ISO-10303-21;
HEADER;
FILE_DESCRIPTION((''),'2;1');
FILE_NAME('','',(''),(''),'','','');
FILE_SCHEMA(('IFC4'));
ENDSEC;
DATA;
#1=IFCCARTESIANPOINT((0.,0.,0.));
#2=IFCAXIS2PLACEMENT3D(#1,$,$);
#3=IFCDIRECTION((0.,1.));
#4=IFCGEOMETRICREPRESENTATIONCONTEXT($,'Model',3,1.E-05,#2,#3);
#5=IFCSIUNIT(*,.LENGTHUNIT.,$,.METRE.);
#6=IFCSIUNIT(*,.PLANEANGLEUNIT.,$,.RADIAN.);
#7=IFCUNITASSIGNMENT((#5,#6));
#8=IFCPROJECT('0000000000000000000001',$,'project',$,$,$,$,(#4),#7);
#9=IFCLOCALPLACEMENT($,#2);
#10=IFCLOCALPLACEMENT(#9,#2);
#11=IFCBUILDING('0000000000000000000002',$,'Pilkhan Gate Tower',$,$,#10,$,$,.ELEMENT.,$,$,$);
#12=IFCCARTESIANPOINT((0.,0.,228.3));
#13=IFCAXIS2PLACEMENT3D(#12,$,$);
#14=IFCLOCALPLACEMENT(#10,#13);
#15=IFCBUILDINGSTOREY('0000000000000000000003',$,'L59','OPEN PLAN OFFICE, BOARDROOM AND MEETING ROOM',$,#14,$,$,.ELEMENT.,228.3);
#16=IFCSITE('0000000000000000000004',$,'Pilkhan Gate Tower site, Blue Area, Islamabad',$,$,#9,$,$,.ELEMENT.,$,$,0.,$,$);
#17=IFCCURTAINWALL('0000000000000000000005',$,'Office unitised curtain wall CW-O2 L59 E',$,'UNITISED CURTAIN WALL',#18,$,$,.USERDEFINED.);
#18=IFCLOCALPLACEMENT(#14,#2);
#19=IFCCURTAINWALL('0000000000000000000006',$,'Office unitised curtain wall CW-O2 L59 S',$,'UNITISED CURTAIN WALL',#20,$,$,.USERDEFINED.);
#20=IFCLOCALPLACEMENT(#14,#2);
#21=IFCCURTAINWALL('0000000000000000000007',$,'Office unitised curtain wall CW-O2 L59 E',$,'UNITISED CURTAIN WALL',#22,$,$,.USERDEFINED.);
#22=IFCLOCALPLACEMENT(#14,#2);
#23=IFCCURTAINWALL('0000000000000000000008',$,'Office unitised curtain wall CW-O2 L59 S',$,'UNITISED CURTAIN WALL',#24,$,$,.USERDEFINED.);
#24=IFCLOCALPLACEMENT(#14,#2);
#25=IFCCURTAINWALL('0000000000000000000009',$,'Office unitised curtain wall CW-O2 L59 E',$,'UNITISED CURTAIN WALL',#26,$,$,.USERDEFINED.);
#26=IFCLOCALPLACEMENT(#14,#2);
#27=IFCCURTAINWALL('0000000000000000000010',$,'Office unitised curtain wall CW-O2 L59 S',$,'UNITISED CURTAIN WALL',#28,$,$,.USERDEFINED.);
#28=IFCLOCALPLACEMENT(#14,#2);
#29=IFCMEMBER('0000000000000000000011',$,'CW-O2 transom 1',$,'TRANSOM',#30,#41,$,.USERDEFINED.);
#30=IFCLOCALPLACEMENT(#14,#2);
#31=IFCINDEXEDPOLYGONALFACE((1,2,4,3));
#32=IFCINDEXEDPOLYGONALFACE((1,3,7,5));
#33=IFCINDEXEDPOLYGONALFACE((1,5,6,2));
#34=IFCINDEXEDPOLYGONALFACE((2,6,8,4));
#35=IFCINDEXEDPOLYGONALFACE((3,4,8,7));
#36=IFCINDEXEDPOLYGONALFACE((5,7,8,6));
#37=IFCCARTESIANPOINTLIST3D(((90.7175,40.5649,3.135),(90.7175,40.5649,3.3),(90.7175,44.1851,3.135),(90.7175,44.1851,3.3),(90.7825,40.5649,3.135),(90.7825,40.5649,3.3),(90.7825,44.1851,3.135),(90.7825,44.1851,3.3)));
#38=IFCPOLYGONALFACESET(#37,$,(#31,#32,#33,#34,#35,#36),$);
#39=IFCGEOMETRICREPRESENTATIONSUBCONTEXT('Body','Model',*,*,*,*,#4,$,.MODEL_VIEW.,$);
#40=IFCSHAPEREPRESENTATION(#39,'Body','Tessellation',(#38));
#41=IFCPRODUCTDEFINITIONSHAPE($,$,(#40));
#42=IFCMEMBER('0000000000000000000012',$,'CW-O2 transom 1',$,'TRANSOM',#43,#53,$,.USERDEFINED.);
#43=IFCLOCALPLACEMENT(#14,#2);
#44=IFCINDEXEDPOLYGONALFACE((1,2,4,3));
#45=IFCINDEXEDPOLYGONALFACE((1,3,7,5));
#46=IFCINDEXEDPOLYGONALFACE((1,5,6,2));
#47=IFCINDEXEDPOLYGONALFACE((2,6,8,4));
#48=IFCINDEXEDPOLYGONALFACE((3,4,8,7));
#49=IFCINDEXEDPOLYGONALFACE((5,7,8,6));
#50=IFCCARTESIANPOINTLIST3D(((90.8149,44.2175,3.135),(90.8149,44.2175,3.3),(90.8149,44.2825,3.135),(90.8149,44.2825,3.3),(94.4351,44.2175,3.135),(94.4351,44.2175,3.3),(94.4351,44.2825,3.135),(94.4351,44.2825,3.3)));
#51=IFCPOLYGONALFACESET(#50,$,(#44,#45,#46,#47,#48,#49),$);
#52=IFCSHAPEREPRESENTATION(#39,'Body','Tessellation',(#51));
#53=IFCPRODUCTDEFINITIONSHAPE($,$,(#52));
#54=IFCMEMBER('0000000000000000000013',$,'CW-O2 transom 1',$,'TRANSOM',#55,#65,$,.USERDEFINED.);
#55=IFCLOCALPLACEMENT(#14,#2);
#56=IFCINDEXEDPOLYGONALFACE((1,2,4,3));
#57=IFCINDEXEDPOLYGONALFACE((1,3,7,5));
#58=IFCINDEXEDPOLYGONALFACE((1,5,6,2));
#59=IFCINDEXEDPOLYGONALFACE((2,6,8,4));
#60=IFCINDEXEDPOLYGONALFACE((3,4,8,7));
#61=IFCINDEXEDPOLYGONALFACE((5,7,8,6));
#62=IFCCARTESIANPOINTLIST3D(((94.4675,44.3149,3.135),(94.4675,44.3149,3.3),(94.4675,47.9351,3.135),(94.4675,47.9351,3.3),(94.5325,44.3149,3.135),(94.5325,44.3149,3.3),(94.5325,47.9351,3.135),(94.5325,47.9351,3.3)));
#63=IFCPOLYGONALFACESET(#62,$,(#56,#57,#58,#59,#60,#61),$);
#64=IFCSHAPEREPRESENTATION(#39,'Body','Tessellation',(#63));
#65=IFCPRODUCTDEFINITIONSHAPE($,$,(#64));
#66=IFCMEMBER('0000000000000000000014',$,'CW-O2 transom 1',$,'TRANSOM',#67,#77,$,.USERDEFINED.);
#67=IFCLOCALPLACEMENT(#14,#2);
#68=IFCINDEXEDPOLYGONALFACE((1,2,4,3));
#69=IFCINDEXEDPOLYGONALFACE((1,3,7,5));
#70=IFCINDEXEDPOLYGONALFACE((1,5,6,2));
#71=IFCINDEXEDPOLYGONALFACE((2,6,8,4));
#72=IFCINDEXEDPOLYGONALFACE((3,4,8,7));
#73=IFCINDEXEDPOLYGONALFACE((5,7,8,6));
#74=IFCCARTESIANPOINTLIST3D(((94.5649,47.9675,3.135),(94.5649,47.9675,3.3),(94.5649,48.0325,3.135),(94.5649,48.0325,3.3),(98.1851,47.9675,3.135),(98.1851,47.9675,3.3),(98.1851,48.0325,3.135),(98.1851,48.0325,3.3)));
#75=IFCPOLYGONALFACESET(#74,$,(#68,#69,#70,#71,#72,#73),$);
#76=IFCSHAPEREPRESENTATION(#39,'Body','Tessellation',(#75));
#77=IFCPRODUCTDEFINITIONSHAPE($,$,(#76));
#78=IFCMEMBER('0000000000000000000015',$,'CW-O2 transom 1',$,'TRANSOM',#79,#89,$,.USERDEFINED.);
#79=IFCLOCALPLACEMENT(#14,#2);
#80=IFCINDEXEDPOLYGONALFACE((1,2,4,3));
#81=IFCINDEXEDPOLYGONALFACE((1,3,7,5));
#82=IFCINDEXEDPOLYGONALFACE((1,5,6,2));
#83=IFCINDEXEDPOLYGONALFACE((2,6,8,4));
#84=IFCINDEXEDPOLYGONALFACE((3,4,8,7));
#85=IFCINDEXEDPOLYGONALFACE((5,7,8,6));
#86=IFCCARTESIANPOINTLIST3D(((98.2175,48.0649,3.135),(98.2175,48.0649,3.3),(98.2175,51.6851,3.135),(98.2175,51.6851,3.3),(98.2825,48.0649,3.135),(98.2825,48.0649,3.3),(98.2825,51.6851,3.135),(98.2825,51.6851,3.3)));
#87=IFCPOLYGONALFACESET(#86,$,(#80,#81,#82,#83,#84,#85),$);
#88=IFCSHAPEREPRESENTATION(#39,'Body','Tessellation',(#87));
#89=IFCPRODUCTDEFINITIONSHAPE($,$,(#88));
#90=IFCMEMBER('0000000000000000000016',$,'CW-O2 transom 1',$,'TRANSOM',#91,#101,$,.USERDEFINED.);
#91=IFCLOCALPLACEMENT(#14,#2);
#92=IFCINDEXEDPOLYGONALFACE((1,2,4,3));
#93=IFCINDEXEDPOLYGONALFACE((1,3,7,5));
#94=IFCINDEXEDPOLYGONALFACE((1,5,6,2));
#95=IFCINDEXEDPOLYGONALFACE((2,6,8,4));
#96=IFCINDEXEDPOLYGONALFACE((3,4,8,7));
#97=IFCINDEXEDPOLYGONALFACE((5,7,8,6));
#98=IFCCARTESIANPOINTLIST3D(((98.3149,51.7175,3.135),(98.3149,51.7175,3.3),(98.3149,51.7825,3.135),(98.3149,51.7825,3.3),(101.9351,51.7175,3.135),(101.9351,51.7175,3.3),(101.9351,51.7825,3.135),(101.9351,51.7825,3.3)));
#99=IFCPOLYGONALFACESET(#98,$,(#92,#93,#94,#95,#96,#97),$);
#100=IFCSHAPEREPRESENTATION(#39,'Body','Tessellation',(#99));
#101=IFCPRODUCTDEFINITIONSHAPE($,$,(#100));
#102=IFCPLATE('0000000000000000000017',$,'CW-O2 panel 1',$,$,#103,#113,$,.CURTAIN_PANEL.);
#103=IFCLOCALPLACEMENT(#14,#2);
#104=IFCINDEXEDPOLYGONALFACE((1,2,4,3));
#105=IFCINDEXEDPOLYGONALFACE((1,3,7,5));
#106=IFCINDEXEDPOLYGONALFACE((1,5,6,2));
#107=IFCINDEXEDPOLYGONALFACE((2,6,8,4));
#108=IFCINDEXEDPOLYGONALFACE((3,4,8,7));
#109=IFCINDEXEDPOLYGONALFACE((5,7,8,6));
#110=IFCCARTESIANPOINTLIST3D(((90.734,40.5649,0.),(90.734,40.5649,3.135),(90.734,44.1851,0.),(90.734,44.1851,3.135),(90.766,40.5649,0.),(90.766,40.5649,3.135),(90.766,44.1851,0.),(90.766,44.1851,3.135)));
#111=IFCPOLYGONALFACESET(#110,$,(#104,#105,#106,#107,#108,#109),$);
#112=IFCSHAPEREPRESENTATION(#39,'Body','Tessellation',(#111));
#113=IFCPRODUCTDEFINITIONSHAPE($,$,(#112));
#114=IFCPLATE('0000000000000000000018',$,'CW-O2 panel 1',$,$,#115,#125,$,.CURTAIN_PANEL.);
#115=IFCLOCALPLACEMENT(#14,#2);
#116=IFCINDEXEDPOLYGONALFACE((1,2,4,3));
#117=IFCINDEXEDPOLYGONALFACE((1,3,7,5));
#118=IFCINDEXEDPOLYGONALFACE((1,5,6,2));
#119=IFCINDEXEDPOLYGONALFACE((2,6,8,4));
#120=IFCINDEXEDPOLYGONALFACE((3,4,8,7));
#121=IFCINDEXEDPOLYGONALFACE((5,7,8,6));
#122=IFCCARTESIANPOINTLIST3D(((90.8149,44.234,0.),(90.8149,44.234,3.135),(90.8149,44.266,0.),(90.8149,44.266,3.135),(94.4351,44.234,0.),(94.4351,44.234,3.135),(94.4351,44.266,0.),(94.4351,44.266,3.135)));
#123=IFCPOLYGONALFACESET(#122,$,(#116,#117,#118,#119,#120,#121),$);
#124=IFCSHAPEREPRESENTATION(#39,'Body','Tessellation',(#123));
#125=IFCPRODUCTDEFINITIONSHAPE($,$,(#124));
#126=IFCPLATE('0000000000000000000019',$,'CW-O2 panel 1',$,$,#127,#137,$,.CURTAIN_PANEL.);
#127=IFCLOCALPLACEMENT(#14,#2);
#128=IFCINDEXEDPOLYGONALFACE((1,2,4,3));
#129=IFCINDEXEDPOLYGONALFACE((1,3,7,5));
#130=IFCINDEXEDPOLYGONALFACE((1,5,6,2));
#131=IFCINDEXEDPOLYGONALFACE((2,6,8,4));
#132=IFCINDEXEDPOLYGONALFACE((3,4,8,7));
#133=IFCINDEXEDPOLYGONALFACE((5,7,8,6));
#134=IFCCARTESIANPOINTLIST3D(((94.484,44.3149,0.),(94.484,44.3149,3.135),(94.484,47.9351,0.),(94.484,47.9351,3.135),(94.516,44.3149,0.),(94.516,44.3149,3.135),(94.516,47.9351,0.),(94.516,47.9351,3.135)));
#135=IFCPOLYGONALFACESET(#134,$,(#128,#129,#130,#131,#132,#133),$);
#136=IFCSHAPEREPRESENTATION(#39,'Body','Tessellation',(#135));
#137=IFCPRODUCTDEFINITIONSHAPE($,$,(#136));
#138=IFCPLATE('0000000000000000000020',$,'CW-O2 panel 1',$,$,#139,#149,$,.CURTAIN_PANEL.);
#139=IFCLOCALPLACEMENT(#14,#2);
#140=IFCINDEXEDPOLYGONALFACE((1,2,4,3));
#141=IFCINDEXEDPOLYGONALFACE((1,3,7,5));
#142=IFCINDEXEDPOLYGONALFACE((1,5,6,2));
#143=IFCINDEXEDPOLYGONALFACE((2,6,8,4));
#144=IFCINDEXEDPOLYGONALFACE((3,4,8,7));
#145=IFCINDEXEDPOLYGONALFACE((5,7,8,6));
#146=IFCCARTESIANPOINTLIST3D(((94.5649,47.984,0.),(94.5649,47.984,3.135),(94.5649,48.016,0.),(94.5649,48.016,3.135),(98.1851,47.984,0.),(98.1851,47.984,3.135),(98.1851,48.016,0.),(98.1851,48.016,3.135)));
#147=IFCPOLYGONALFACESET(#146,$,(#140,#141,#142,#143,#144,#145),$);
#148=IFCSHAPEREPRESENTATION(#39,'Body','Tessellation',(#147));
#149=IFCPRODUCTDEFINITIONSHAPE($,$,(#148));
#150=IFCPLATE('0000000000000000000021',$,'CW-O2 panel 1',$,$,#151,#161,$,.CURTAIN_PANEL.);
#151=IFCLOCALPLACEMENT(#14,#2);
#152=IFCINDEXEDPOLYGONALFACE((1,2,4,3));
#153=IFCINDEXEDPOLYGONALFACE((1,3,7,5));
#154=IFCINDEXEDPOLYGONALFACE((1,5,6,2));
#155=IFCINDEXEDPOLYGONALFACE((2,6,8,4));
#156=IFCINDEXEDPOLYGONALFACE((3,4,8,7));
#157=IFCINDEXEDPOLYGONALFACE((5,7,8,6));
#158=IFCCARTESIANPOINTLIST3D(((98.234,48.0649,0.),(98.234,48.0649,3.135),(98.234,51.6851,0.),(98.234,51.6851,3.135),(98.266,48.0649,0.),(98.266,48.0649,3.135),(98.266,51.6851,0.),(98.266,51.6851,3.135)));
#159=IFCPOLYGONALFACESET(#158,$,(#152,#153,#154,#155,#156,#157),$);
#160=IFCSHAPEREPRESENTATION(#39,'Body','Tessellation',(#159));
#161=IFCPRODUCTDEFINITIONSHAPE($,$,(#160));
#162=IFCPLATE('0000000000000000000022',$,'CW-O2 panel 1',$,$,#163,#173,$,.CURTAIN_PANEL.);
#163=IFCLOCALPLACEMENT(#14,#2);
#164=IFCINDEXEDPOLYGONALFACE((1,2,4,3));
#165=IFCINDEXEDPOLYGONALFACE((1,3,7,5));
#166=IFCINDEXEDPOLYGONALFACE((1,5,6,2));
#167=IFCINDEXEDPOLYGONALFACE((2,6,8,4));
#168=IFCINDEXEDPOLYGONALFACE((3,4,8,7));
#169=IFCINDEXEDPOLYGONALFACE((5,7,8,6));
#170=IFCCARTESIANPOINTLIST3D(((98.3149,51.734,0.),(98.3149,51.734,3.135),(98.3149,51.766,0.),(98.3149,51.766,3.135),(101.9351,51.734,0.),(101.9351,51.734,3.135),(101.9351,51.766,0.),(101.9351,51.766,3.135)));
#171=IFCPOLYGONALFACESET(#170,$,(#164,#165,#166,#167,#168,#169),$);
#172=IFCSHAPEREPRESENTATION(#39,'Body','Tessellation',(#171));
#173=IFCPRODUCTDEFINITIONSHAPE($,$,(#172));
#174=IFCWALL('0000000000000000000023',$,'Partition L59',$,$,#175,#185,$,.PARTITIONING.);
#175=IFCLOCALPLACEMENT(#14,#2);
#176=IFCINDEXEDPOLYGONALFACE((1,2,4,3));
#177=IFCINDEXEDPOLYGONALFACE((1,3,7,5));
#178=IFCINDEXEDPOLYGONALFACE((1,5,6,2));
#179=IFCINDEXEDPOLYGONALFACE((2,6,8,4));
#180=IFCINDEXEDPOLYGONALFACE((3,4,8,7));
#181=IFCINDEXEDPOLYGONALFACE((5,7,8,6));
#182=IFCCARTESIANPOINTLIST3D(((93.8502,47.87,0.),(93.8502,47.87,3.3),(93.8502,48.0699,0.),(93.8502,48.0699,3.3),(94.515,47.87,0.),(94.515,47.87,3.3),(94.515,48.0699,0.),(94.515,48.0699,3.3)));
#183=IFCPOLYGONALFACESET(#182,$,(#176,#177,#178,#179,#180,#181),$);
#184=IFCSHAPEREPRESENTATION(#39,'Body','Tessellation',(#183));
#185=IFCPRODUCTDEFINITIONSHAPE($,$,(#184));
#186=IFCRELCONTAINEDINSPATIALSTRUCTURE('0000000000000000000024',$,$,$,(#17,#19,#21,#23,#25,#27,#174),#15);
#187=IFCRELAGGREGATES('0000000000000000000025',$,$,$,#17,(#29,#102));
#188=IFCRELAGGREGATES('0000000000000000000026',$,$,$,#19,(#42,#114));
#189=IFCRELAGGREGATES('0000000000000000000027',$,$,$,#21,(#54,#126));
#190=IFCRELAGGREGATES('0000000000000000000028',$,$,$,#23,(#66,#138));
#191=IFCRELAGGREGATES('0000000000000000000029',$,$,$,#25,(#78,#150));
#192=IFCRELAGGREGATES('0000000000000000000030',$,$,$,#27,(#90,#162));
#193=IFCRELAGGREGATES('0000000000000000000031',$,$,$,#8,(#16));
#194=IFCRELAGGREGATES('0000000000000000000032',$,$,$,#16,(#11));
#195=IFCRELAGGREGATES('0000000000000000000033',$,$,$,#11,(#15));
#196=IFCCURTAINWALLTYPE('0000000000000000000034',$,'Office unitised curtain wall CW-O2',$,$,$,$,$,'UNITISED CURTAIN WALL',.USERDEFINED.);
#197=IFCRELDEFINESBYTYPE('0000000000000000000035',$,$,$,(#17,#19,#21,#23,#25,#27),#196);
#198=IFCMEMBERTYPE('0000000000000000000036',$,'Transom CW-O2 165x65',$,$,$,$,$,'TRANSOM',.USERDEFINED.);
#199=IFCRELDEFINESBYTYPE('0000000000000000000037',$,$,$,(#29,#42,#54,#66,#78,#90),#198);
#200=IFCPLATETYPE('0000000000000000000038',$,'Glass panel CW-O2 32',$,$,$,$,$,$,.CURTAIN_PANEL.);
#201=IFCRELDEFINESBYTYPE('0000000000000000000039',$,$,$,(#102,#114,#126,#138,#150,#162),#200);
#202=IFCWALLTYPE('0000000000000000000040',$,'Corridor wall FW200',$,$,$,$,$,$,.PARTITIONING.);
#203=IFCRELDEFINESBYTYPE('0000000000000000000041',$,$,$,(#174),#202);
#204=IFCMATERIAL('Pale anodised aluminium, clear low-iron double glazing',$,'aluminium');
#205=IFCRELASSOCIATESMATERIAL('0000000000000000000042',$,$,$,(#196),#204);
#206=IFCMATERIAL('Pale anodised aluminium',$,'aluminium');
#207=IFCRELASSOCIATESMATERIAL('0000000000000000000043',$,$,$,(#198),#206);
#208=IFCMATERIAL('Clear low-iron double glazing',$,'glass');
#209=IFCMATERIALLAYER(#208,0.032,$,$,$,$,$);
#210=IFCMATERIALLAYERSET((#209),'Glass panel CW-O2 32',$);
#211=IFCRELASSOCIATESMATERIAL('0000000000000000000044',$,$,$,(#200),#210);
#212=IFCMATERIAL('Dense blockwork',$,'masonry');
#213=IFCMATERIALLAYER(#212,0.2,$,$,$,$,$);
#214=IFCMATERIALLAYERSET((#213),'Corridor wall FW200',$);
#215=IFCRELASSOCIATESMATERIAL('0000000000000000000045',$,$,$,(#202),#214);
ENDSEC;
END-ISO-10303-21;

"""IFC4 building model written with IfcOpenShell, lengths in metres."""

from ifc_helpers import new_model, si_unit, direction, frame, frame_2d, origin, origin_2d, place, context, subcontext, project, spatial, rectangle, extrude, material, layer, layer_set, material_profile, profile_set, type_object, element, aggregate, save


model = new_model("IFC4")

# Units and contexts
model_context = context("Model", 3, precision=1e-05, world=origin(), true_north=direction((0.0, 1.0)))
body_context = subcontext(model_context, "Body", "Model", "MODEL_VIEW")
ifc_project = project(units=[si_unit("LENGTHUNIT", "METRE"), si_unit("PLANEANGLEUNIT", "RADIAN")], contexts=[model_context])

# Site, building, storey
site_placement = place(None, origin())
site = spatial("IfcSite", under=ifc_project, at=site_placement, Name="Pilkhan Gate Tower site, Blue Area, Islamabad", CompositionType="ELEMENT", RefElevation=0.0)
building_placement = place(site_placement, origin())
building = spatial("IfcBuilding", under=site, at=building_placement, Name="Pilkhan Gate Tower", CompositionType="ELEMENT")
storey_placement = place(building_placement, frame((0.0, 0.0, 228.3)))
storey = spatial("IfcBuildingStorey", under=building, at=storey_placement, Name="L59", Description="OPEN PLAN OFFICE, BOARDROOM AND MEETING ROOM", CompositionType="ELEMENT", Elevation=228.3)

# Shared definitions
ifc_material_1 = material(Name="Pale anodised aluminium, clear low-iron double glazing", Category="aluminium")
curtain_wall_type = type_object("IfcCurtainWallType", Name="Office unitised curtain wall CW-O2", ElementType="UNITISED CURTAIN WALL", PredefinedType="USERDEFINED", material=ifc_material_1)
ifc_material_2 = material(Name="Pale anodised aluminium", Category="aluminium")

# Curtain walls
curtain_wall_1_placement = place(storey_placement, origin())
curtain_wall_1 = element("IfcCurtainWall", 1, at=curtain_wall_1_placement, inside=storey, type_object=curtain_wall_type, Name="Office unitised curtain wall CW-O2 L59 E", ObjectType="UNITISED CURTAIN WALL", PredefinedType="USERDEFINED")
curtain_wall_2_placement = place(storey_placement, origin())
curtain_wall_2 = element("IfcCurtainWall", 2, at=curtain_wall_2_placement, inside=storey, type_object=curtain_wall_type, Name="Office unitised curtain wall CW-O2 L59 S", ObjectType="UNITISED CURTAIN WALL", PredefinedType="USERDEFINED")
curtain_wall_3_placement = place(storey_placement, origin())
curtain_wall_3 = element("IfcCurtainWall", 3, at=curtain_wall_3_placement, inside=storey, type_object=curtain_wall_type, Name="Office unitised curtain wall CW-O2 L59 E", ObjectType="UNITISED CURTAIN WALL", PredefinedType="USERDEFINED")
curtain_wall_4_placement = place(storey_placement, origin())
curtain_wall_4 = element("IfcCurtainWall", 4, at=curtain_wall_4_placement, inside=storey, type_object=curtain_wall_type, Name="Office unitised curtain wall CW-O2 L59 S", ObjectType="UNITISED CURTAIN WALL", PredefinedType="USERDEFINED")
curtain_wall_5_placement = place(storey_placement, origin())
curtain_wall_5 = element("IfcCurtainWall", 5, at=curtain_wall_5_placement, inside=storey, type_object=curtain_wall_type, Name="Office unitised curtain wall CW-O2 L59 E", ObjectType="UNITISED CURTAIN WALL", PredefinedType="USERDEFINED")

# Curtain wall
curtain_wall_6_placement = place(storey_placement, origin())
curtain_wall_6 = element("IfcCurtainWall", 6, at=curtain_wall_6_placement, inside=storey, type_object=curtain_wall_type, Name="Office unitised curtain wall CW-O2 L59 S", ObjectType="UNITISED CURTAIN WALL", PredefinedType="USERDEFINED")

# Members
ifc_material_profile_1 = material_profile(ifc_material_2, rectangle(XDim=0.0649, YDim=0.165, at=origin_2d()), Name="Transom 165x65")
ifc_profile_set_1 = profile_set([ifc_material_profile_1], Name="Pale anodised aluminium")
member_type_1 = type_object("IfcMemberType", Name="Transom CW-O2 165x65", ElementType="TRANSOM", PredefinedType="USERDEFINED", material=ifc_profile_set_1)
member_1_placement = place(storey_placement, frame((90.75, 40.5649, 3.2175), z_axis=(0.0, 1.0, 0.0), x_axis=(-1.0, 0.0, 0.0)))
member_1 = element("IfcMember", 7, at=member_1_placement, type_object=member_type_1, Name="CW-O2 transom 1", ObjectType="TRANSOM", PredefinedType="USERDEFINED", context=body_context, shape_type="SweptSolid", body=[
    extrude(rectangle(XDim=0.0649, YDim=0.165, at=origin_2d()), origin(), (0.0, 0.0, 1.0), 3.6201),
])
member_2_placement = place(storey_placement, frame((90.8149, 44.25, 3.2175), z_axis=(1.0, 0.0, 0.0), x_axis=(0.0, 1.0, 0.0)))
member_2 = element("IfcMember", 8, at=member_2_placement, type_object=member_type_1, Name="CW-O2 transom 1", ObjectType="TRANSOM", PredefinedType="USERDEFINED", context=body_context, shape_type="SweptSolid", body=[
    extrude(rectangle(XDim=0.0649, YDim=0.165, at=origin_2d()), origin(), (0.0, 0.0, 1.0), 3.6201),
])
member_3_placement = place(storey_placement, frame((94.5, 44.3149, 3.2175), z_axis=(0.0, 1.0, 0.0), x_axis=(-1.0, 0.0, 0.0)))
member_3 = element("IfcMember", 9, at=member_3_placement, type_object=member_type_1, Name="CW-O2 transom 1", ObjectType="TRANSOM", PredefinedType="USERDEFINED", context=body_context, shape_type="SweptSolid", body=[
    extrude(rectangle(XDim=0.0649, YDim=0.165, at=origin_2d()), origin(), (0.0, 0.0, 1.0), 3.6201),
])
member_4_placement = place(storey_placement, frame((94.5649, 48.0, 3.2175), z_axis=(1.0, 0.0, 0.0), x_axis=(0.0, 1.0, 0.0)))
member_4 = element("IfcMember", 10, at=member_4_placement, type_object=member_type_1, Name="CW-O2 transom 1", ObjectType="TRANSOM", PredefinedType="USERDEFINED", context=body_context, shape_type="SweptSolid", body=[
    extrude(rectangle(XDim=0.0649, YDim=0.165, at=origin_2d()), origin(), (0.0, 0.0, 1.0), 3.6201),
])
member_5_placement = place(storey_placement, frame((98.25, 48.0649, 3.2175), z_axis=(0.0, 1.0, 0.0), x_axis=(-1.0, 0.0, 0.0)))
member_5 = element("IfcMember", 11, at=member_5_placement, type_object=member_type_1, Name="CW-O2 transom 1", ObjectType="TRANSOM", PredefinedType="USERDEFINED", context=body_context, shape_type="SweptSolid", body=[
    extrude(rectangle(XDim=0.0649, YDim=0.165, at=origin_2d()), origin(), (0.0, 0.0, 1.0), 3.6201),
])
member_6_placement = place(storey_placement, frame((98.3149, 51.75, 3.2175), z_axis=(1.0, 0.0, 0.0), x_axis=(0.0, 1.0, 0.0)))
member_6 = element("IfcMember", 12, at=member_6_placement, type_object=member_type_1, Name="CW-O2 transom 1", ObjectType="TRANSOM", PredefinedType="USERDEFINED", context=body_context, shape_type="SweptSolid", body=[
    extrude(rectangle(XDim=0.0649, YDim=0.165, at=origin_2d()), origin(), (0.0, 0.0, 1.0), 3.6201),
])

# Plates
ifc_material_3 = material(Name="Clear low-iron double glazing", Category="glass")
ifc_layer_1 = layer(ifc_material_3, 0.032)
ifc_layer_set_1 = layer_set([ifc_layer_1], Name="Glass panel CW-O2 32")
plate_type = type_object("IfcPlateType", Name="Glass panel CW-O2 32", PredefinedType="CURTAIN_PANEL", material=ifc_layer_set_1)
plate_1_placement = place(storey_placement, frame((90.75, 42.375, 0.0), z_axis=(0.0, 0.0, 1.0), x_axis=(0.0, 1.0, 0.0)))
plate_1 = element("IfcPlate", 13, at=plate_1_placement, type_object=plate_type, Name="CW-O2 panel 1", PredefinedType="CURTAIN_PANEL", context=body_context, shape_type="SweptSolid", body=[
    extrude(rectangle(XDim=3.6201, YDim=0.032, at=origin_2d()), origin(), (0.0, 0.0, 1.0), 3.135),
])
aggregate(curtain_wall_1, [member_1, plate_1])
plate_2_placement = place(storey_placement, frame((92.625, 44.25, 0.0), z_axis=(0.0, 0.0, 1.0), x_axis=(1.0, 0.0, 0.0)))
plate_2 = element("IfcPlate", 14, at=plate_2_placement, type_object=plate_type, Name="CW-O2 panel 1", PredefinedType="CURTAIN_PANEL", context=body_context, shape_type="SweptSolid", body=[
    extrude(rectangle(XDim=3.6201, YDim=0.032, at=origin_2d()), origin(), (0.0, 0.0, 1.0), 3.135),
])
aggregate(curtain_wall_2, [member_2, plate_2])
plate_3_placement = place(storey_placement, frame((94.5, 46.125, 0.0), z_axis=(0.0, 0.0, 1.0), x_axis=(0.0, 1.0, 0.0)))
plate_3 = element("IfcPlate", 15, at=plate_3_placement, type_object=plate_type, Name="CW-O2 panel 1", PredefinedType="CURTAIN_PANEL", context=body_context, shape_type="SweptSolid", body=[
    extrude(rectangle(XDim=3.6201, YDim=0.032, at=origin_2d()), origin(), (0.0, 0.0, 1.0), 3.135),
])
aggregate(curtain_wall_3, [member_3, plate_3])
plate_4_placement = place(storey_placement, frame((96.375, 48.0, 0.0), z_axis=(0.0, 0.0, 1.0), x_axis=(1.0, 0.0, 0.0)))
plate_4 = element("IfcPlate", 16, at=plate_4_placement, type_object=plate_type, Name="CW-O2 panel 1", PredefinedType="CURTAIN_PANEL", context=body_context, shape_type="SweptSolid", body=[
    extrude(rectangle(XDim=3.6201, YDim=0.032, at=origin_2d()), origin(), (0.0, 0.0, 1.0), 3.135),
])
aggregate(curtain_wall_4, [member_4, plate_4])
plate_5_placement = place(storey_placement, frame((98.25, 49.875, 0.0), z_axis=(0.0, 0.0, 1.0), x_axis=(0.0, 1.0, 0.0)))
plate_5 = element("IfcPlate", 17, at=plate_5_placement, type_object=plate_type, Name="CW-O2 panel 1", PredefinedType="CURTAIN_PANEL", context=body_context, shape_type="SweptSolid", body=[
    extrude(rectangle(XDim=3.6201, YDim=0.032, at=origin_2d()), origin(), (0.0, 0.0, 1.0), 3.135),
])
aggregate(curtain_wall_5, [member_5, plate_5])
plate_6_placement = place(storey_placement, frame((100.125, 51.75, 0.0), z_axis=(0.0, 0.0, 1.0), x_axis=(1.0, 0.0, 0.0)))
plate_6 = element("IfcPlate", 18, at=plate_6_placement, type_object=plate_type, Name="CW-O2 panel 1", PredefinedType="CURTAIN_PANEL", context=body_context, shape_type="SweptSolid", body=[
    extrude(rectangle(XDim=3.6201, YDim=0.032, at=origin_2d()), origin(), (0.0, 0.0, 1.0), 3.135),
])
aggregate(curtain_wall_6, [member_6, plate_6])

# Wall
ifc_material_4 = material(Name="Dense blockwork", Category="masonry")
ifc_layer_2 = layer(ifc_material_4, 0.2)
ifc_layer_set_2 = layer_set([ifc_layer_2], Name="Corridor wall FW200")
wall_type = type_object("IfcWallType", Name="Corridor wall FW200", PredefinedType="PARTITIONING", material=ifc_layer_set_2)
wall_1_placement = place(storey_placement, frame((93.8501, 47.97, 0.0), z_axis=(0.0, 0.0, 1.0), x_axis=(1.0, 0.0, 0.0)))
element("IfcWall", 19, at=wall_1_placement, inside=storey, type_object=wall_type, Name="Partition L59", PredefinedType="PARTITIONING", context=body_context, shape_type="SweptSolid", body=[
    extrude(rectangle(XDim=0.6648, YDim=0.2, at=frame_2d((0.3325, 0.0))), origin(), (0.0, 0.0, 1.0), 3.3),
])

save(model, "model.ifc")
